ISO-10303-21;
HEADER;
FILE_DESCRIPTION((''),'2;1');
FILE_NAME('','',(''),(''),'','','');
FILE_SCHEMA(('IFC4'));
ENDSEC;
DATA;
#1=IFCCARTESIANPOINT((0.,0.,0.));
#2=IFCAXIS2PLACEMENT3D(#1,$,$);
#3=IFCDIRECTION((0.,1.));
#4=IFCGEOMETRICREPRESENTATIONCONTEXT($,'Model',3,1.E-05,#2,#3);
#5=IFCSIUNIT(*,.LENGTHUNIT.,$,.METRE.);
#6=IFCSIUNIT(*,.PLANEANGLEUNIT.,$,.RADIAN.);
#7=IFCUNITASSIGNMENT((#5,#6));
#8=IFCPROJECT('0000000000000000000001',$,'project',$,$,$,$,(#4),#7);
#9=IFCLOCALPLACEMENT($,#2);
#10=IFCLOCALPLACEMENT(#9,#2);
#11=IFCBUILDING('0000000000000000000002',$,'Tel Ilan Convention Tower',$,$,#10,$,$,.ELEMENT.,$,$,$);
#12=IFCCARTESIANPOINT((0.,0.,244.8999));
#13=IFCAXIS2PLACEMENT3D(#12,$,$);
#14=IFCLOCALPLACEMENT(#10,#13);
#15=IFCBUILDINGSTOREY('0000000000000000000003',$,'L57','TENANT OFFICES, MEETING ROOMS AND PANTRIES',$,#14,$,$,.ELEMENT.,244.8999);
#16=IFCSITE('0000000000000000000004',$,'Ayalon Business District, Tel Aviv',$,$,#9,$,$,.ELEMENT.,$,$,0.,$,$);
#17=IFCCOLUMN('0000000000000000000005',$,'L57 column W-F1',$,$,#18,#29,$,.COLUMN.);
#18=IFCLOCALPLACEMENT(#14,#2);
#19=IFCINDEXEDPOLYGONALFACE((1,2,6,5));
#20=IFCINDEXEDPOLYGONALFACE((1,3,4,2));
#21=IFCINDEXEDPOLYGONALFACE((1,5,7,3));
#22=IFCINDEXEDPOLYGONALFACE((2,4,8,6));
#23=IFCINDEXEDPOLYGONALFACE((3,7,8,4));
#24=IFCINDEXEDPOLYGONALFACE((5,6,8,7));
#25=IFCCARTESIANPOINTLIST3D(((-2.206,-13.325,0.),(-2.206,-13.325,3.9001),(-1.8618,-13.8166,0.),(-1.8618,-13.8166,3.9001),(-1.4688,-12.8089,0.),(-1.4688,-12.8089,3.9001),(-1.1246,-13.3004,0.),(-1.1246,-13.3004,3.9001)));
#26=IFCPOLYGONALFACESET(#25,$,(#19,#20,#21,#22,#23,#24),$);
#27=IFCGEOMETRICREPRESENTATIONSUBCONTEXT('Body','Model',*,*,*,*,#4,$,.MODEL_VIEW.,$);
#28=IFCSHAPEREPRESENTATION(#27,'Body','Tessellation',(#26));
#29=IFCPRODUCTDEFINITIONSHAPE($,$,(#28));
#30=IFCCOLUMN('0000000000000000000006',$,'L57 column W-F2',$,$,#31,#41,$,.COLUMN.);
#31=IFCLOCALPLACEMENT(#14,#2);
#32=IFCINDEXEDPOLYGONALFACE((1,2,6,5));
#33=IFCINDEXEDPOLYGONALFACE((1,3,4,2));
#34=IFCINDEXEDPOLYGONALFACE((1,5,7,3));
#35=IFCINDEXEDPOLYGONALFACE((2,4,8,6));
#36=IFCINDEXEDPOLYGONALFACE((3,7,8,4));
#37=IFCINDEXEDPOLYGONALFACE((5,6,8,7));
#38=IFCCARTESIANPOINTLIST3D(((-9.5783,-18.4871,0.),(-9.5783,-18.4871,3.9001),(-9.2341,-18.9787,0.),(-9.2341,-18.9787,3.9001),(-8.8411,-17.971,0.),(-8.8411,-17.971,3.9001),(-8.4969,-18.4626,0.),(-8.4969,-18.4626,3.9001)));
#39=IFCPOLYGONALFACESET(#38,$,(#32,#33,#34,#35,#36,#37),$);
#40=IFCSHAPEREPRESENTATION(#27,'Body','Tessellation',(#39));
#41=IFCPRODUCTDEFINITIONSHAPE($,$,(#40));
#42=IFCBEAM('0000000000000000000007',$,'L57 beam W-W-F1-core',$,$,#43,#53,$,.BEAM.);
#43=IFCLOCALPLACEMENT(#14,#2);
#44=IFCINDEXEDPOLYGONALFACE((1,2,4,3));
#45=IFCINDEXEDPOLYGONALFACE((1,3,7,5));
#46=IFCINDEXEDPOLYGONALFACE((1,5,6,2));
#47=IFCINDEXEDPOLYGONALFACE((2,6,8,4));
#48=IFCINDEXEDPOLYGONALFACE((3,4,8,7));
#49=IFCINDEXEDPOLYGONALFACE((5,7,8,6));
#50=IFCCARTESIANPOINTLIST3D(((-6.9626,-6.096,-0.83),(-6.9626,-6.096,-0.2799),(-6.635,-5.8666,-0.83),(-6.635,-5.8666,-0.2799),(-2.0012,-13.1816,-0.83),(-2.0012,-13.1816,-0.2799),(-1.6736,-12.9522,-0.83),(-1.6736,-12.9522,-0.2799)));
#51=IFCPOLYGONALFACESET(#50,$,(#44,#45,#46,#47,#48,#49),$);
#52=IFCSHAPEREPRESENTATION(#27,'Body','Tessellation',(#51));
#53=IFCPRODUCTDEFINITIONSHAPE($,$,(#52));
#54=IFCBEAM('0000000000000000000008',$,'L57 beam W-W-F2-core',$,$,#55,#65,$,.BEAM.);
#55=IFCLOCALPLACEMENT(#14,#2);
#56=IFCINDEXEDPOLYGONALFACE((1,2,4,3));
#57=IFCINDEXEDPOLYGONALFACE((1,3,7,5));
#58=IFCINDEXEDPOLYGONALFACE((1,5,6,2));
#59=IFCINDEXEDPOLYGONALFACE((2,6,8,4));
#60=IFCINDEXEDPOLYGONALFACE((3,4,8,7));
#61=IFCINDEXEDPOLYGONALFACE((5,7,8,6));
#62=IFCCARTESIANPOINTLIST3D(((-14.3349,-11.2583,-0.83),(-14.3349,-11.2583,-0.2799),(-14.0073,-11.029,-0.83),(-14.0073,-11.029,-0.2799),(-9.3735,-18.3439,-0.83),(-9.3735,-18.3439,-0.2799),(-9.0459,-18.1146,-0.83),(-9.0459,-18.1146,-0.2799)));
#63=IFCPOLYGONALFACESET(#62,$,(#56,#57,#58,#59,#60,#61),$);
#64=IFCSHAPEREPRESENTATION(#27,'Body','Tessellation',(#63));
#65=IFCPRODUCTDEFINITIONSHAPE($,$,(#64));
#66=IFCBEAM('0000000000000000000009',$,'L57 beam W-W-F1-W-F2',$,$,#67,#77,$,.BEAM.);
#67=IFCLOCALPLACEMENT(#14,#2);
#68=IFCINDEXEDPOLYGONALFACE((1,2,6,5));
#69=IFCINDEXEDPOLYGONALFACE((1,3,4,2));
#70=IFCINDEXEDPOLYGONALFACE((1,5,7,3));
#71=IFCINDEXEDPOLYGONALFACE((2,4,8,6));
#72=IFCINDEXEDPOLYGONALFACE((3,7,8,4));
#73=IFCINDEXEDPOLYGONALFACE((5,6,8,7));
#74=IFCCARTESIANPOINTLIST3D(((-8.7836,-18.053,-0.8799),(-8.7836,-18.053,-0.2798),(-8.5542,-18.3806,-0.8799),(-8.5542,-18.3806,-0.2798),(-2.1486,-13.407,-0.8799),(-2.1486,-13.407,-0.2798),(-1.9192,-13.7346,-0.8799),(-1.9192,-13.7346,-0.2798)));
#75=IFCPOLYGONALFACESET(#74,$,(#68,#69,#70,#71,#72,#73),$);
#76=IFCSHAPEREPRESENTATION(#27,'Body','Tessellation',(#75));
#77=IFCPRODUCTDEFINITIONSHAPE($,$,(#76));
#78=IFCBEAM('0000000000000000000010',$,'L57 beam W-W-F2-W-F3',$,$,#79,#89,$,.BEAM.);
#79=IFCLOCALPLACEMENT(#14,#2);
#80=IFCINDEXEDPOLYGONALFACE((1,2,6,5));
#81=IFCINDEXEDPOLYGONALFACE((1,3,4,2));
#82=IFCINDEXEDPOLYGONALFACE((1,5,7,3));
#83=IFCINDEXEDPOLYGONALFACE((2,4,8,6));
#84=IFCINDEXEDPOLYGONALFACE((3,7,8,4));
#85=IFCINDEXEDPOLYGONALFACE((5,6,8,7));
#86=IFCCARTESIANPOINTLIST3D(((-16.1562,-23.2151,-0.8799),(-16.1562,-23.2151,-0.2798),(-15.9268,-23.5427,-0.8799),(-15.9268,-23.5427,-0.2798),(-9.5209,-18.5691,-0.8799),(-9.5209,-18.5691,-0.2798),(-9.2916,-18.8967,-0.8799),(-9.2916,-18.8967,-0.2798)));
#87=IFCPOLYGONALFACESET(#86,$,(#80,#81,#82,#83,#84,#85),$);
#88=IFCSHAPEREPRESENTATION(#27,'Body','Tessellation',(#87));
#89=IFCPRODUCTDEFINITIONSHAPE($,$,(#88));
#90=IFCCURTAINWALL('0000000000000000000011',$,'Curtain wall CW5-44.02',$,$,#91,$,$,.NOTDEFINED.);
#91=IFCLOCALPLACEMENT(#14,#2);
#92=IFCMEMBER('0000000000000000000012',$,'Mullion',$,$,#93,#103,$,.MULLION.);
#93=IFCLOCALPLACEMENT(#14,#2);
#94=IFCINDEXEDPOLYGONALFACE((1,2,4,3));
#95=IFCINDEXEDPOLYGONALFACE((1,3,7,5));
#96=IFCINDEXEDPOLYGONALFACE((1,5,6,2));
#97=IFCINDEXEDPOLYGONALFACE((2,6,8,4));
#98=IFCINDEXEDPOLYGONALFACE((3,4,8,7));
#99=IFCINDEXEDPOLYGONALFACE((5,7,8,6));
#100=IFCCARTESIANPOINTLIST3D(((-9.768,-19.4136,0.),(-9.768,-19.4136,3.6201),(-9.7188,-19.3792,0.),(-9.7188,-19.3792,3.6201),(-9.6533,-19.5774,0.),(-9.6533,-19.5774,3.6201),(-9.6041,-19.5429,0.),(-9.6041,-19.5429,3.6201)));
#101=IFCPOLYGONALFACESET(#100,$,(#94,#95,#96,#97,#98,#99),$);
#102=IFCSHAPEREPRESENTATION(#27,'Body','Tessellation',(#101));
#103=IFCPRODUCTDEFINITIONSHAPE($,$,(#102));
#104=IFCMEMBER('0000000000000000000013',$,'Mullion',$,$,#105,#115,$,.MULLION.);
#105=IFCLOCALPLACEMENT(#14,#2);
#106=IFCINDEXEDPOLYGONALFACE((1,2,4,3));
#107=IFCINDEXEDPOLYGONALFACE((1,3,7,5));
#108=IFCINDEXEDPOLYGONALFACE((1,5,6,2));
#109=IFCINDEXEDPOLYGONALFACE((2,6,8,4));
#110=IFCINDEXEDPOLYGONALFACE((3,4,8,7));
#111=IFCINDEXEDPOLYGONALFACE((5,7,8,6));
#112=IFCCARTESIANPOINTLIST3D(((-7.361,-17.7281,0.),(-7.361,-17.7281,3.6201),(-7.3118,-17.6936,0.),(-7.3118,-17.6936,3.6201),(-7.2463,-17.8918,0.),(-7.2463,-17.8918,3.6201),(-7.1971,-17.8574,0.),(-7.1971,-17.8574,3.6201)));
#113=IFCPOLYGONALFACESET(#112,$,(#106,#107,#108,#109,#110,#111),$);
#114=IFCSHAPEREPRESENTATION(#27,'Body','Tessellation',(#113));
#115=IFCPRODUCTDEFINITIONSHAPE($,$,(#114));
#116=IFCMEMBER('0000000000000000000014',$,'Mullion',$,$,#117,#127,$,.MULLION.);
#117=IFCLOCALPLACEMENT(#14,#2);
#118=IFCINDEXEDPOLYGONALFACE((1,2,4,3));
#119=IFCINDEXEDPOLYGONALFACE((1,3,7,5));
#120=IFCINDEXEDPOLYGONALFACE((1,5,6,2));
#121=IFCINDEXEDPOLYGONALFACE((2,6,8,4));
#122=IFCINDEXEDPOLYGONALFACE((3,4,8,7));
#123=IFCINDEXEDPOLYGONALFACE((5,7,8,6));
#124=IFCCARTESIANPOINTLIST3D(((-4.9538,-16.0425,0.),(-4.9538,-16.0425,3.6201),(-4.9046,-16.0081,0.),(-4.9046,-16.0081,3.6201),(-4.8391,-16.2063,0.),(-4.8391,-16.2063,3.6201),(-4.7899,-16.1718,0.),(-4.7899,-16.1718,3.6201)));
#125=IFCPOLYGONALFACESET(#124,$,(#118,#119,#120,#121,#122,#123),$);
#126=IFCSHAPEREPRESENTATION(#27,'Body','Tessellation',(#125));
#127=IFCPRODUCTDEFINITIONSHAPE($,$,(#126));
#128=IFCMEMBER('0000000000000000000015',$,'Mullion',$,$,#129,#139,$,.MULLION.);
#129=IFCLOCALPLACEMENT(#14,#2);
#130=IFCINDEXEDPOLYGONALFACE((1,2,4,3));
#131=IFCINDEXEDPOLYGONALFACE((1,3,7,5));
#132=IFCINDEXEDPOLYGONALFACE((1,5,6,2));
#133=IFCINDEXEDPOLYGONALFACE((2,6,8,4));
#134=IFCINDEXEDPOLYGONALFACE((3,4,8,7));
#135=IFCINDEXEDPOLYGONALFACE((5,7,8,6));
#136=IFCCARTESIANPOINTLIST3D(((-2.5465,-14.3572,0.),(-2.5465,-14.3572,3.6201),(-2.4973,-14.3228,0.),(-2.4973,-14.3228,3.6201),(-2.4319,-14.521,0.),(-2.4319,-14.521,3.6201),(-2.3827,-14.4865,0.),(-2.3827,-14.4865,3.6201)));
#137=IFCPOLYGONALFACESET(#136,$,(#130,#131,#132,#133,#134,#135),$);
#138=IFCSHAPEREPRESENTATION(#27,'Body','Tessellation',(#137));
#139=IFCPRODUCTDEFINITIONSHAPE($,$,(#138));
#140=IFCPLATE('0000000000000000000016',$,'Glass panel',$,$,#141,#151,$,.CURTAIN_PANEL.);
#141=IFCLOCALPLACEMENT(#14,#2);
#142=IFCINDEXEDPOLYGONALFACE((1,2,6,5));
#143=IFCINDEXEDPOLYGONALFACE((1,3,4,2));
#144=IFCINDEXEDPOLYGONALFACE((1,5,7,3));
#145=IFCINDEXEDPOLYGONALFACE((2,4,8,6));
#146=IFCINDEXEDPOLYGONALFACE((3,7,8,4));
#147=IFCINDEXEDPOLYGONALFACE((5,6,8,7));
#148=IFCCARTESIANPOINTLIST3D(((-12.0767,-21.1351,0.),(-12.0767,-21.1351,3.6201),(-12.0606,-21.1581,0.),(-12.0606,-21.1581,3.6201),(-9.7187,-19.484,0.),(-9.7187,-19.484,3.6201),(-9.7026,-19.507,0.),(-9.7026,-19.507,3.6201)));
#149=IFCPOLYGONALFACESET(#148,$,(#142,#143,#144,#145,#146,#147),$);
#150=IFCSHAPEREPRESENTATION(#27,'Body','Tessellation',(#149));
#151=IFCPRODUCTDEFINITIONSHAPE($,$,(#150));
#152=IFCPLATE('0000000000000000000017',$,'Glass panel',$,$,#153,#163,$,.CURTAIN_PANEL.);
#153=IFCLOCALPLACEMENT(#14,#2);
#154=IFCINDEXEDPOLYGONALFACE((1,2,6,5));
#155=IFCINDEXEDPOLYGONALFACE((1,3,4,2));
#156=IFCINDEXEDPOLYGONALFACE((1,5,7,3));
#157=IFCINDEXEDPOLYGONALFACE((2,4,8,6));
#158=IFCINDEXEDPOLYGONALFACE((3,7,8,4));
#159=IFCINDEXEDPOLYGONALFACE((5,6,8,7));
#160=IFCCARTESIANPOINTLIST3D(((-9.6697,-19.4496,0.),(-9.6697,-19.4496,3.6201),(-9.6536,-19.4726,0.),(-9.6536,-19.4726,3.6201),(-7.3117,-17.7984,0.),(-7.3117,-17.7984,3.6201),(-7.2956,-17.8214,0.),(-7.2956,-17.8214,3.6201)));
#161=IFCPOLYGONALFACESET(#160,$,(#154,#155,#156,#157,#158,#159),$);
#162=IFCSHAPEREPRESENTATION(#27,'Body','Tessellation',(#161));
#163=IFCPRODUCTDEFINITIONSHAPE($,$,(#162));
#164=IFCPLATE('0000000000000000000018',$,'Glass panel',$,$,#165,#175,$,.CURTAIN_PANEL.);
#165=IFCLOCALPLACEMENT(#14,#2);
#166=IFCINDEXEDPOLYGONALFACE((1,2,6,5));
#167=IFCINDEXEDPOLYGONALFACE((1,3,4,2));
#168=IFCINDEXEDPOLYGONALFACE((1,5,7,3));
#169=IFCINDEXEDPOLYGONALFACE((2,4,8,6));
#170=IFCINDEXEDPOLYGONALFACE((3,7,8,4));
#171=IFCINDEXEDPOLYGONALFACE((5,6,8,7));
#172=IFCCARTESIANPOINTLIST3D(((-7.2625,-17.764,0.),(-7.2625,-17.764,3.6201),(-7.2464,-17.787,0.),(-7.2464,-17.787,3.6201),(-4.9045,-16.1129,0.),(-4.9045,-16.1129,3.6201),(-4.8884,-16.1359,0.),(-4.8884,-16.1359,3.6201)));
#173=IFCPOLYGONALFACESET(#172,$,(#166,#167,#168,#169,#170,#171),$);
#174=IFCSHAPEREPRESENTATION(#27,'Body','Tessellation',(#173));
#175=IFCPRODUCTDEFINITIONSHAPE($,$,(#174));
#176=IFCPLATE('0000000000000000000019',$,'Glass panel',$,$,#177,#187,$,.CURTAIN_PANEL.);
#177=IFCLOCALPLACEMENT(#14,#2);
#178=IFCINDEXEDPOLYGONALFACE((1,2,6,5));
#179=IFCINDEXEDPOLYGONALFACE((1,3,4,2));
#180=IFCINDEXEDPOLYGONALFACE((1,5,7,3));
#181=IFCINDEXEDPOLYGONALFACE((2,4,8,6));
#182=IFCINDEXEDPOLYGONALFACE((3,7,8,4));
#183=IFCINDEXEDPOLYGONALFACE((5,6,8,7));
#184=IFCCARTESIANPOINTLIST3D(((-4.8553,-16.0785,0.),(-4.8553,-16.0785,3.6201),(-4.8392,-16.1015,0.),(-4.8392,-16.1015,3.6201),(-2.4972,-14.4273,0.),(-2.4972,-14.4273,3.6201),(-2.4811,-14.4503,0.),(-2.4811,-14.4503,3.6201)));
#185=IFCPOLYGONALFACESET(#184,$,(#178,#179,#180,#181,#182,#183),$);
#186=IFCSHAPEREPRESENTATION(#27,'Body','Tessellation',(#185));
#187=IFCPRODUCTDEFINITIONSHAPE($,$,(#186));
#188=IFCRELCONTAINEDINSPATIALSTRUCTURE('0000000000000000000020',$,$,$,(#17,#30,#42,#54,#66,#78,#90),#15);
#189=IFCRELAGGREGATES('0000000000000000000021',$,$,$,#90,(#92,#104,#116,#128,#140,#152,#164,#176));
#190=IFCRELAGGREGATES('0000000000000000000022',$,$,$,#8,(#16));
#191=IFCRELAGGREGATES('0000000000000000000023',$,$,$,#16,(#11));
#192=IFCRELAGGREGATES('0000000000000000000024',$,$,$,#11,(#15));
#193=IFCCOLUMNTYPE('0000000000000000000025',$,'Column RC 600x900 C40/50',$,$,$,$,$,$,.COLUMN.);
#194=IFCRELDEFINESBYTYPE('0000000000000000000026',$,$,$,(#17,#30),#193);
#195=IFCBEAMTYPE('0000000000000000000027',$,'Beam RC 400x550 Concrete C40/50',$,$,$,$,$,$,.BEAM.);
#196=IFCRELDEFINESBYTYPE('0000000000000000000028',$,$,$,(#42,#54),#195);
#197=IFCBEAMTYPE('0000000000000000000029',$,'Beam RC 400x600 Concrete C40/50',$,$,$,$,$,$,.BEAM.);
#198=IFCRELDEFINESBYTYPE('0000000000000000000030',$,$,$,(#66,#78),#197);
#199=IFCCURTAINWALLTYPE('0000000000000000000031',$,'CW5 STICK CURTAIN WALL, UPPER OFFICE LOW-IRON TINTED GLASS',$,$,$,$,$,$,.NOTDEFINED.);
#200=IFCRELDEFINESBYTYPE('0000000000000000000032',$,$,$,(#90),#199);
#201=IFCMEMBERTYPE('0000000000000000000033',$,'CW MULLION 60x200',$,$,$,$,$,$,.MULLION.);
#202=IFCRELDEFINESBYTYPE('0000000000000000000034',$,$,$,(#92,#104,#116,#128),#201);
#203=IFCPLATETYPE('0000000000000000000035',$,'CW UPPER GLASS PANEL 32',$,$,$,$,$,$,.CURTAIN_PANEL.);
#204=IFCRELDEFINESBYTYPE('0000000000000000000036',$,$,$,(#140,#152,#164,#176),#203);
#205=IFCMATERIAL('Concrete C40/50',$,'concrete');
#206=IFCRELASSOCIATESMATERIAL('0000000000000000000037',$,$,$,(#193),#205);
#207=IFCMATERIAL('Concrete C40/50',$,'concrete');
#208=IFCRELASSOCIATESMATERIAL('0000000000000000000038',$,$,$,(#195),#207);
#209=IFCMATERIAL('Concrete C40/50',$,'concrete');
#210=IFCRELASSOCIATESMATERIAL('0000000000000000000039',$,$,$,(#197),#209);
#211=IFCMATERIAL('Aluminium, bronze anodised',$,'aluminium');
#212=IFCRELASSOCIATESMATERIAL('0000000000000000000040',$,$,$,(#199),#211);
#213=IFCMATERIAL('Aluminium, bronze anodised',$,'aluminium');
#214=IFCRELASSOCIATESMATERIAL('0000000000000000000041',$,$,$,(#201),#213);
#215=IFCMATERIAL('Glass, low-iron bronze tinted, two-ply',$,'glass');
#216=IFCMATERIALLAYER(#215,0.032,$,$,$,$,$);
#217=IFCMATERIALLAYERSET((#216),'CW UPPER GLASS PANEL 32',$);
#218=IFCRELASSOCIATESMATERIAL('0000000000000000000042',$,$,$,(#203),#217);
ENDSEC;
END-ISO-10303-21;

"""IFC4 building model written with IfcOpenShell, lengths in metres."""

from ifc_helpers import new_model, si_unit, direction, frame, origin, origin_2d, place, context, subcontext, project, spatial, rectangle, extrude, material, layer, layer_set, material_profile, profile_set, type_object, element, aggregate, save


model = new_model("IFC4")

# Units and contexts
model_context = context("Model", 3, precision=1e-05, world=origin(), true_north=direction((0.0, 1.0)))
body_context = subcontext(model_context, "Body", "Model", "MODEL_VIEW")
ifc_project = project(units=[si_unit("LENGTHUNIT", "METRE"), si_unit("PLANEANGLEUNIT", "RADIAN")], contexts=[model_context])

# Site, building, storey
site_placement = place(None, origin())
site = spatial("IfcSite", under=ifc_project, at=site_placement, Name="Ayalon Business District, Tel Aviv", CompositionType="ELEMENT", RefElevation=0.0)
building_placement = place(site_placement, origin())
building = spatial("IfcBuilding", under=site, at=building_placement, Name="Tel Ilan Convention Tower", CompositionType="ELEMENT")
storey_placement = place(building_placement, frame((0.0, 0.0, 244.8999)))
storey = spatial("IfcBuildingStorey", under=building, at=storey_placement, Name="L57", Description="TENANT OFFICES, MEETING ROOMS AND PANTRIES", CompositionType="ELEMENT", Elevation=244.8999)

# Columns
ifc_material_1 = material(Name="Concrete C40/50", Category="concrete")
ifc_material_profile_1 = material_profile(ifc_material_1, rectangle(XDim=0.8999, YDim=0.6001, at=origin_2d()), Name="RC 600x900")
ifc_profile_set_1 = profile_set([ifc_material_profile_1], Name="Concrete C40/50")
column_type = type_object("IfcColumnType", Name="Column RC 600x900 C40/50", PredefinedType="COLUMN", material=ifc_profile_set_1)
for number, where, z_axis, x_axis, name in (
    (1, (-1.6653, -13.3127, 0.0), (0.0, 0.0, 1.0), (-0.819152, -0.573576, 0.0), "L57 column W-F1"),
    (2, (-9.0376, -18.4749, 0.0), (0.0, 0.0, 1.0), (-0.819152, -0.573576, 0.0), "L57 column W-F2"),
):
    element("IfcColumn", number, at=place(storey_placement, frame(where, z_axis=z_axis, x_axis=x_axis)), inside=storey, type_object=column_type, Name=name, PredefinedType="COLUMN", context=body_context, shape_type="SweptSolid", body=[
        extrude(rectangle(XDim=0.8999, YDim=0.6001, at=origin_2d()), origin(), (0.0, 0.0, 1.0), 3.9001),
    ])

# Beams
ifc_material_2 = material(Name="Concrete C40/50", Category="concrete")
ifc_material_profile_2 = material_profile(ifc_material_2, rectangle(XDim=0.3999, YDim=0.55, at=origin_2d()), Name="RC 400x550")
ifc_profile_set_2 = profile_set([ifc_material_profile_2], Name="Concrete C40/50")
beam_type_1 = type_object("IfcBeamType", Name="Beam RC 400x550 Concrete C40/50", PredefinedType="BEAM", material=ifc_profile_set_2)
for number, where, z_axis, x_axis, name in (
    (3, (-1.8374, -13.0669, -0.5549), (-0.573574, 0.819154, 0.0), (-0.819154, -0.573574, 0.0), "L57 beam W-W-F1-core"),
    (4, (-9.2097, -18.2292, -0.5549), (-0.573574, 0.819154, 0.0), (-0.819154, -0.573574, 0.0), "L57 beam W-W-F2-core"),
):
    element("IfcBeam", number, at=place(storey_placement, frame(where, z_axis=z_axis, x_axis=x_axis)), inside=storey, type_object=beam_type_1, Name=name, PredefinedType="BEAM", context=body_context, shape_type="SweptSolid", body=[
        extrude(rectangle(XDim=0.3999, YDim=0.55, at=origin_2d()), origin(), (0.0, 0.0, 1.0), 8.6499),
    ])
ifc_material_3 = material(Name="Concrete C40/50", Category="concrete")
ifc_material_profile_3 = material_profile(ifc_material_3, rectangle(XDim=0.3999, YDim=0.6001, at=origin_2d()), Name="RC 400x600")
ifc_profile_set_3 = profile_set([ifc_material_profile_3], Name="Concrete C40/50")
beam_type_2 = type_object("IfcBeamType", Name="Beam RC 400x600 Concrete C40/50", PredefinedType="BEAM", material=ifc_profile_set_3)
beam_1_placement = place(storey_placement, frame((-2.0339, -13.5708, -0.5798), z_axis=(-0.819146, -0.573586, 0.0), x_axis=(0.573586, -0.819146, 0.0)))
element("IfcBeam", 5, at=beam_1_placement, inside=storey, type_object=beam_type_2, Name="L57 beam W-W-F1-W-F2", PredefinedType="BEAM", context=body_context, shape_type="SweptSolid", body=[
    extrude(rectangle(XDim=0.3999, YDim=0.6001, at=origin_2d()), origin(), (0.0, 0.0, 1.0), 8.0999),
])
beam_2_placement = place(storey_placement, frame((-9.4062, -18.7329, -0.5798), z_axis=(-0.819155, -0.573572, 0.0), x_axis=(0.573572, -0.819155, 0.0)))
element("IfcBeam", 6, at=beam_2_placement, inside=storey, type_object=beam_type_2, Name="L57 beam W-W-F2-W-F3", PredefinedType="BEAM", context=body_context, shape_type="SweptSolid", body=[
    extrude(rectangle(XDim=0.3999, YDim=0.6001, at=origin_2d()), origin(), (0.0, 0.0, 1.0), 8.1001),
])

# Curtain wall, members, plates
ifc_material_4 = material(Name="Aluminium, bronze anodised", Category="aluminium")
curtain_wall_type = type_object("IfcCurtainWallType", Name="CW5 STICK CURTAIN WALL, UPPER OFFICE LOW-IRON TINTED GLASS", PredefinedType="NOTDEFINED", material=ifc_material_4)
curtain_wall_placement = place(storey_placement, origin())
curtain_wall = element("IfcCurtainWall", 7, at=curtain_wall_placement, inside=storey, type_object=curtain_wall_type, Name="Curtain wall CW5-44.02", PredefinedType="NOTDEFINED")
ifc_material_5 = material(Name="Aluminium, bronze anodised", Category="aluminium")
ifc_material_profile_4 = material_profile(ifc_material_5, rectangle(XDim=0.0601, YDim=0.2, at=origin_2d()), Name="CW MULLION 60x200")
ifc_profile_set_4 = profile_set([ifc_material_profile_4], Name="Aluminium, bronze anodised")
member_type = type_object("IfcMemberType", Name="CW MULLION 60x200", PredefinedType="MULLION", material=ifc_profile_set_4)
member_1_placement = place(storey_placement, frame((-9.686, -19.4783, 0.0), z_axis=(0.0, 0.0, 1.0), x_axis=(0.819152, 0.573576, 0.0)))
member_1 = element("IfcMember", 8, at=member_1_placement, type_object=member_type, Name="Mullion", PredefinedType="MULLION", context=body_context, shape_type="SweptSolid", body=[
    extrude(rectangle(XDim=0.0601, YDim=0.2, at=origin_2d()), origin(), (0.0, 0.0, 1.0), 3.6201),
])
member_2_placement = place(storey_placement, frame((-7.2791, -17.7927, 0.0), z_axis=(0.0, 0.0, 1.0), x_axis=(0.819152, 0.573576, 0.0)))
member_2 = element("IfcMember", 9, at=member_2_placement, type_object=member_type, Name="Mullion", PredefinedType="MULLION", context=body_context, shape_type="SweptSolid", body=[
    extrude(rectangle(XDim=0.0601, YDim=0.2, at=origin_2d()), origin(), (0.0, 0.0, 1.0), 3.6201),
])
member_3_placement = place(storey_placement, frame((-4.8718, -16.1072, 0.0), z_axis=(0.0, 0.0, 1.0), x_axis=(0.819152, 0.573576, 0.0)))
member_3 = element("IfcMember", 10, at=member_3_placement, type_object=member_type, Name="Mullion", PredefinedType="MULLION", context=body_context, shape_type="SweptSolid", body=[
    extrude(rectangle(XDim=0.0601, YDim=0.2, at=origin_2d()), origin(), (0.0, 0.0, 1.0), 3.6201),
])
member_4_placement = place(storey_placement, frame((-2.4646, -14.4219, 0.0), z_axis=(0.0, 0.0, 1.0), x_axis=(0.819152, 0.573576, 0.0)))
member_4 = element("IfcMember", 11, at=member_4_placement, type_object=member_type, Name="Mullion", PredefinedType="MULLION", context=body_context, shape_type="SweptSolid", body=[
    extrude(rectangle(XDim=0.0601, YDim=0.2, at=origin_2d()), origin(), (0.0, 0.0, 1.0), 3.6201),
])
ifc_material_6 = material(Name="Glass, low-iron bronze tinted, two-ply", Category="glass")
ifc_layer_1 = layer(ifc_material_6, 0.032)
ifc_layer_set_1 = layer_set([ifc_layer_1], Name="CW UPPER GLASS PANEL 32")
plate_type = type_object("IfcPlateType", Name="CW UPPER GLASS PANEL 32", PredefinedType="CURTAIN_PANEL", material=ifc_layer_set_1)
plate_1_placement = place(storey_placement, frame((-10.8896, -20.321, 0.0), z_axis=(0.0, 0.0, 1.0), x_axis=(0.819152, 0.573576, 0.0)))
plate_1 = element("IfcPlate", 12, at=plate_1_placement, type_object=plate_type, Name="Glass panel", PredefinedType="CURTAIN_PANEL", context=body_context, shape_type="SweptSolid", body=[
    extrude(rectangle(XDim=2.8787, YDim=0.0281, at=origin_2d()), origin(), (0.0, 0.0, 1.0), 3.6201),
])
plate_2_placement = place(storey_placement, frame((-8.4827, -18.6355, 0.0), z_axis=(0.0, 0.0, 1.0), x_axis=(0.819152, 0.573576, 0.0)))
plate_2 = element("IfcPlate", 13, at=plate_2_placement, type_object=plate_type, Name="Glass panel", PredefinedType="CURTAIN_PANEL", context=body_context, shape_type="SweptSolid", body=[
    extrude(rectangle(XDim=2.8787, YDim=0.0281, at=origin_2d()), origin(), (0.0, 0.0, 1.0), 3.6201),
])
plate_3_placement = place(storey_placement, frame((-6.0754, -16.95, 0.0), z_axis=(0.0, 0.0, 1.0), x_axis=(0.819152, 0.573576, 0.0)))
plate_3 = element("IfcPlate", 14, at=plate_3_placement, type_object=plate_type, Name="Glass panel", PredefinedType="CURTAIN_PANEL", context=body_context, shape_type="SweptSolid", body=[
    extrude(rectangle(XDim=2.8787, YDim=0.0281, at=origin_2d()), origin(), (0.0, 0.0, 1.0), 3.6201),
])
plate_4_placement = place(storey_placement, frame((-3.6682, -15.2644, 0.0), z_axis=(0.0, 0.0, 1.0), x_axis=(0.819152, 0.573576, 0.0)))
plate_4 = element("IfcPlate", 15, at=plate_4_placement, type_object=plate_type, Name="Glass panel", PredefinedType="CURTAIN_PANEL", context=body_context, shape_type="SweptSolid", body=[
    extrude(rectangle(XDim=2.8787, YDim=0.0281, at=origin_2d()), origin(), (0.0, 0.0, 1.0), 3.6201),
])
aggregate(curtain_wall, [member_1, member_2, member_3, member_4, plate_1, plate_2, plate_3, plate_4])

save(model, "model.ifc")
